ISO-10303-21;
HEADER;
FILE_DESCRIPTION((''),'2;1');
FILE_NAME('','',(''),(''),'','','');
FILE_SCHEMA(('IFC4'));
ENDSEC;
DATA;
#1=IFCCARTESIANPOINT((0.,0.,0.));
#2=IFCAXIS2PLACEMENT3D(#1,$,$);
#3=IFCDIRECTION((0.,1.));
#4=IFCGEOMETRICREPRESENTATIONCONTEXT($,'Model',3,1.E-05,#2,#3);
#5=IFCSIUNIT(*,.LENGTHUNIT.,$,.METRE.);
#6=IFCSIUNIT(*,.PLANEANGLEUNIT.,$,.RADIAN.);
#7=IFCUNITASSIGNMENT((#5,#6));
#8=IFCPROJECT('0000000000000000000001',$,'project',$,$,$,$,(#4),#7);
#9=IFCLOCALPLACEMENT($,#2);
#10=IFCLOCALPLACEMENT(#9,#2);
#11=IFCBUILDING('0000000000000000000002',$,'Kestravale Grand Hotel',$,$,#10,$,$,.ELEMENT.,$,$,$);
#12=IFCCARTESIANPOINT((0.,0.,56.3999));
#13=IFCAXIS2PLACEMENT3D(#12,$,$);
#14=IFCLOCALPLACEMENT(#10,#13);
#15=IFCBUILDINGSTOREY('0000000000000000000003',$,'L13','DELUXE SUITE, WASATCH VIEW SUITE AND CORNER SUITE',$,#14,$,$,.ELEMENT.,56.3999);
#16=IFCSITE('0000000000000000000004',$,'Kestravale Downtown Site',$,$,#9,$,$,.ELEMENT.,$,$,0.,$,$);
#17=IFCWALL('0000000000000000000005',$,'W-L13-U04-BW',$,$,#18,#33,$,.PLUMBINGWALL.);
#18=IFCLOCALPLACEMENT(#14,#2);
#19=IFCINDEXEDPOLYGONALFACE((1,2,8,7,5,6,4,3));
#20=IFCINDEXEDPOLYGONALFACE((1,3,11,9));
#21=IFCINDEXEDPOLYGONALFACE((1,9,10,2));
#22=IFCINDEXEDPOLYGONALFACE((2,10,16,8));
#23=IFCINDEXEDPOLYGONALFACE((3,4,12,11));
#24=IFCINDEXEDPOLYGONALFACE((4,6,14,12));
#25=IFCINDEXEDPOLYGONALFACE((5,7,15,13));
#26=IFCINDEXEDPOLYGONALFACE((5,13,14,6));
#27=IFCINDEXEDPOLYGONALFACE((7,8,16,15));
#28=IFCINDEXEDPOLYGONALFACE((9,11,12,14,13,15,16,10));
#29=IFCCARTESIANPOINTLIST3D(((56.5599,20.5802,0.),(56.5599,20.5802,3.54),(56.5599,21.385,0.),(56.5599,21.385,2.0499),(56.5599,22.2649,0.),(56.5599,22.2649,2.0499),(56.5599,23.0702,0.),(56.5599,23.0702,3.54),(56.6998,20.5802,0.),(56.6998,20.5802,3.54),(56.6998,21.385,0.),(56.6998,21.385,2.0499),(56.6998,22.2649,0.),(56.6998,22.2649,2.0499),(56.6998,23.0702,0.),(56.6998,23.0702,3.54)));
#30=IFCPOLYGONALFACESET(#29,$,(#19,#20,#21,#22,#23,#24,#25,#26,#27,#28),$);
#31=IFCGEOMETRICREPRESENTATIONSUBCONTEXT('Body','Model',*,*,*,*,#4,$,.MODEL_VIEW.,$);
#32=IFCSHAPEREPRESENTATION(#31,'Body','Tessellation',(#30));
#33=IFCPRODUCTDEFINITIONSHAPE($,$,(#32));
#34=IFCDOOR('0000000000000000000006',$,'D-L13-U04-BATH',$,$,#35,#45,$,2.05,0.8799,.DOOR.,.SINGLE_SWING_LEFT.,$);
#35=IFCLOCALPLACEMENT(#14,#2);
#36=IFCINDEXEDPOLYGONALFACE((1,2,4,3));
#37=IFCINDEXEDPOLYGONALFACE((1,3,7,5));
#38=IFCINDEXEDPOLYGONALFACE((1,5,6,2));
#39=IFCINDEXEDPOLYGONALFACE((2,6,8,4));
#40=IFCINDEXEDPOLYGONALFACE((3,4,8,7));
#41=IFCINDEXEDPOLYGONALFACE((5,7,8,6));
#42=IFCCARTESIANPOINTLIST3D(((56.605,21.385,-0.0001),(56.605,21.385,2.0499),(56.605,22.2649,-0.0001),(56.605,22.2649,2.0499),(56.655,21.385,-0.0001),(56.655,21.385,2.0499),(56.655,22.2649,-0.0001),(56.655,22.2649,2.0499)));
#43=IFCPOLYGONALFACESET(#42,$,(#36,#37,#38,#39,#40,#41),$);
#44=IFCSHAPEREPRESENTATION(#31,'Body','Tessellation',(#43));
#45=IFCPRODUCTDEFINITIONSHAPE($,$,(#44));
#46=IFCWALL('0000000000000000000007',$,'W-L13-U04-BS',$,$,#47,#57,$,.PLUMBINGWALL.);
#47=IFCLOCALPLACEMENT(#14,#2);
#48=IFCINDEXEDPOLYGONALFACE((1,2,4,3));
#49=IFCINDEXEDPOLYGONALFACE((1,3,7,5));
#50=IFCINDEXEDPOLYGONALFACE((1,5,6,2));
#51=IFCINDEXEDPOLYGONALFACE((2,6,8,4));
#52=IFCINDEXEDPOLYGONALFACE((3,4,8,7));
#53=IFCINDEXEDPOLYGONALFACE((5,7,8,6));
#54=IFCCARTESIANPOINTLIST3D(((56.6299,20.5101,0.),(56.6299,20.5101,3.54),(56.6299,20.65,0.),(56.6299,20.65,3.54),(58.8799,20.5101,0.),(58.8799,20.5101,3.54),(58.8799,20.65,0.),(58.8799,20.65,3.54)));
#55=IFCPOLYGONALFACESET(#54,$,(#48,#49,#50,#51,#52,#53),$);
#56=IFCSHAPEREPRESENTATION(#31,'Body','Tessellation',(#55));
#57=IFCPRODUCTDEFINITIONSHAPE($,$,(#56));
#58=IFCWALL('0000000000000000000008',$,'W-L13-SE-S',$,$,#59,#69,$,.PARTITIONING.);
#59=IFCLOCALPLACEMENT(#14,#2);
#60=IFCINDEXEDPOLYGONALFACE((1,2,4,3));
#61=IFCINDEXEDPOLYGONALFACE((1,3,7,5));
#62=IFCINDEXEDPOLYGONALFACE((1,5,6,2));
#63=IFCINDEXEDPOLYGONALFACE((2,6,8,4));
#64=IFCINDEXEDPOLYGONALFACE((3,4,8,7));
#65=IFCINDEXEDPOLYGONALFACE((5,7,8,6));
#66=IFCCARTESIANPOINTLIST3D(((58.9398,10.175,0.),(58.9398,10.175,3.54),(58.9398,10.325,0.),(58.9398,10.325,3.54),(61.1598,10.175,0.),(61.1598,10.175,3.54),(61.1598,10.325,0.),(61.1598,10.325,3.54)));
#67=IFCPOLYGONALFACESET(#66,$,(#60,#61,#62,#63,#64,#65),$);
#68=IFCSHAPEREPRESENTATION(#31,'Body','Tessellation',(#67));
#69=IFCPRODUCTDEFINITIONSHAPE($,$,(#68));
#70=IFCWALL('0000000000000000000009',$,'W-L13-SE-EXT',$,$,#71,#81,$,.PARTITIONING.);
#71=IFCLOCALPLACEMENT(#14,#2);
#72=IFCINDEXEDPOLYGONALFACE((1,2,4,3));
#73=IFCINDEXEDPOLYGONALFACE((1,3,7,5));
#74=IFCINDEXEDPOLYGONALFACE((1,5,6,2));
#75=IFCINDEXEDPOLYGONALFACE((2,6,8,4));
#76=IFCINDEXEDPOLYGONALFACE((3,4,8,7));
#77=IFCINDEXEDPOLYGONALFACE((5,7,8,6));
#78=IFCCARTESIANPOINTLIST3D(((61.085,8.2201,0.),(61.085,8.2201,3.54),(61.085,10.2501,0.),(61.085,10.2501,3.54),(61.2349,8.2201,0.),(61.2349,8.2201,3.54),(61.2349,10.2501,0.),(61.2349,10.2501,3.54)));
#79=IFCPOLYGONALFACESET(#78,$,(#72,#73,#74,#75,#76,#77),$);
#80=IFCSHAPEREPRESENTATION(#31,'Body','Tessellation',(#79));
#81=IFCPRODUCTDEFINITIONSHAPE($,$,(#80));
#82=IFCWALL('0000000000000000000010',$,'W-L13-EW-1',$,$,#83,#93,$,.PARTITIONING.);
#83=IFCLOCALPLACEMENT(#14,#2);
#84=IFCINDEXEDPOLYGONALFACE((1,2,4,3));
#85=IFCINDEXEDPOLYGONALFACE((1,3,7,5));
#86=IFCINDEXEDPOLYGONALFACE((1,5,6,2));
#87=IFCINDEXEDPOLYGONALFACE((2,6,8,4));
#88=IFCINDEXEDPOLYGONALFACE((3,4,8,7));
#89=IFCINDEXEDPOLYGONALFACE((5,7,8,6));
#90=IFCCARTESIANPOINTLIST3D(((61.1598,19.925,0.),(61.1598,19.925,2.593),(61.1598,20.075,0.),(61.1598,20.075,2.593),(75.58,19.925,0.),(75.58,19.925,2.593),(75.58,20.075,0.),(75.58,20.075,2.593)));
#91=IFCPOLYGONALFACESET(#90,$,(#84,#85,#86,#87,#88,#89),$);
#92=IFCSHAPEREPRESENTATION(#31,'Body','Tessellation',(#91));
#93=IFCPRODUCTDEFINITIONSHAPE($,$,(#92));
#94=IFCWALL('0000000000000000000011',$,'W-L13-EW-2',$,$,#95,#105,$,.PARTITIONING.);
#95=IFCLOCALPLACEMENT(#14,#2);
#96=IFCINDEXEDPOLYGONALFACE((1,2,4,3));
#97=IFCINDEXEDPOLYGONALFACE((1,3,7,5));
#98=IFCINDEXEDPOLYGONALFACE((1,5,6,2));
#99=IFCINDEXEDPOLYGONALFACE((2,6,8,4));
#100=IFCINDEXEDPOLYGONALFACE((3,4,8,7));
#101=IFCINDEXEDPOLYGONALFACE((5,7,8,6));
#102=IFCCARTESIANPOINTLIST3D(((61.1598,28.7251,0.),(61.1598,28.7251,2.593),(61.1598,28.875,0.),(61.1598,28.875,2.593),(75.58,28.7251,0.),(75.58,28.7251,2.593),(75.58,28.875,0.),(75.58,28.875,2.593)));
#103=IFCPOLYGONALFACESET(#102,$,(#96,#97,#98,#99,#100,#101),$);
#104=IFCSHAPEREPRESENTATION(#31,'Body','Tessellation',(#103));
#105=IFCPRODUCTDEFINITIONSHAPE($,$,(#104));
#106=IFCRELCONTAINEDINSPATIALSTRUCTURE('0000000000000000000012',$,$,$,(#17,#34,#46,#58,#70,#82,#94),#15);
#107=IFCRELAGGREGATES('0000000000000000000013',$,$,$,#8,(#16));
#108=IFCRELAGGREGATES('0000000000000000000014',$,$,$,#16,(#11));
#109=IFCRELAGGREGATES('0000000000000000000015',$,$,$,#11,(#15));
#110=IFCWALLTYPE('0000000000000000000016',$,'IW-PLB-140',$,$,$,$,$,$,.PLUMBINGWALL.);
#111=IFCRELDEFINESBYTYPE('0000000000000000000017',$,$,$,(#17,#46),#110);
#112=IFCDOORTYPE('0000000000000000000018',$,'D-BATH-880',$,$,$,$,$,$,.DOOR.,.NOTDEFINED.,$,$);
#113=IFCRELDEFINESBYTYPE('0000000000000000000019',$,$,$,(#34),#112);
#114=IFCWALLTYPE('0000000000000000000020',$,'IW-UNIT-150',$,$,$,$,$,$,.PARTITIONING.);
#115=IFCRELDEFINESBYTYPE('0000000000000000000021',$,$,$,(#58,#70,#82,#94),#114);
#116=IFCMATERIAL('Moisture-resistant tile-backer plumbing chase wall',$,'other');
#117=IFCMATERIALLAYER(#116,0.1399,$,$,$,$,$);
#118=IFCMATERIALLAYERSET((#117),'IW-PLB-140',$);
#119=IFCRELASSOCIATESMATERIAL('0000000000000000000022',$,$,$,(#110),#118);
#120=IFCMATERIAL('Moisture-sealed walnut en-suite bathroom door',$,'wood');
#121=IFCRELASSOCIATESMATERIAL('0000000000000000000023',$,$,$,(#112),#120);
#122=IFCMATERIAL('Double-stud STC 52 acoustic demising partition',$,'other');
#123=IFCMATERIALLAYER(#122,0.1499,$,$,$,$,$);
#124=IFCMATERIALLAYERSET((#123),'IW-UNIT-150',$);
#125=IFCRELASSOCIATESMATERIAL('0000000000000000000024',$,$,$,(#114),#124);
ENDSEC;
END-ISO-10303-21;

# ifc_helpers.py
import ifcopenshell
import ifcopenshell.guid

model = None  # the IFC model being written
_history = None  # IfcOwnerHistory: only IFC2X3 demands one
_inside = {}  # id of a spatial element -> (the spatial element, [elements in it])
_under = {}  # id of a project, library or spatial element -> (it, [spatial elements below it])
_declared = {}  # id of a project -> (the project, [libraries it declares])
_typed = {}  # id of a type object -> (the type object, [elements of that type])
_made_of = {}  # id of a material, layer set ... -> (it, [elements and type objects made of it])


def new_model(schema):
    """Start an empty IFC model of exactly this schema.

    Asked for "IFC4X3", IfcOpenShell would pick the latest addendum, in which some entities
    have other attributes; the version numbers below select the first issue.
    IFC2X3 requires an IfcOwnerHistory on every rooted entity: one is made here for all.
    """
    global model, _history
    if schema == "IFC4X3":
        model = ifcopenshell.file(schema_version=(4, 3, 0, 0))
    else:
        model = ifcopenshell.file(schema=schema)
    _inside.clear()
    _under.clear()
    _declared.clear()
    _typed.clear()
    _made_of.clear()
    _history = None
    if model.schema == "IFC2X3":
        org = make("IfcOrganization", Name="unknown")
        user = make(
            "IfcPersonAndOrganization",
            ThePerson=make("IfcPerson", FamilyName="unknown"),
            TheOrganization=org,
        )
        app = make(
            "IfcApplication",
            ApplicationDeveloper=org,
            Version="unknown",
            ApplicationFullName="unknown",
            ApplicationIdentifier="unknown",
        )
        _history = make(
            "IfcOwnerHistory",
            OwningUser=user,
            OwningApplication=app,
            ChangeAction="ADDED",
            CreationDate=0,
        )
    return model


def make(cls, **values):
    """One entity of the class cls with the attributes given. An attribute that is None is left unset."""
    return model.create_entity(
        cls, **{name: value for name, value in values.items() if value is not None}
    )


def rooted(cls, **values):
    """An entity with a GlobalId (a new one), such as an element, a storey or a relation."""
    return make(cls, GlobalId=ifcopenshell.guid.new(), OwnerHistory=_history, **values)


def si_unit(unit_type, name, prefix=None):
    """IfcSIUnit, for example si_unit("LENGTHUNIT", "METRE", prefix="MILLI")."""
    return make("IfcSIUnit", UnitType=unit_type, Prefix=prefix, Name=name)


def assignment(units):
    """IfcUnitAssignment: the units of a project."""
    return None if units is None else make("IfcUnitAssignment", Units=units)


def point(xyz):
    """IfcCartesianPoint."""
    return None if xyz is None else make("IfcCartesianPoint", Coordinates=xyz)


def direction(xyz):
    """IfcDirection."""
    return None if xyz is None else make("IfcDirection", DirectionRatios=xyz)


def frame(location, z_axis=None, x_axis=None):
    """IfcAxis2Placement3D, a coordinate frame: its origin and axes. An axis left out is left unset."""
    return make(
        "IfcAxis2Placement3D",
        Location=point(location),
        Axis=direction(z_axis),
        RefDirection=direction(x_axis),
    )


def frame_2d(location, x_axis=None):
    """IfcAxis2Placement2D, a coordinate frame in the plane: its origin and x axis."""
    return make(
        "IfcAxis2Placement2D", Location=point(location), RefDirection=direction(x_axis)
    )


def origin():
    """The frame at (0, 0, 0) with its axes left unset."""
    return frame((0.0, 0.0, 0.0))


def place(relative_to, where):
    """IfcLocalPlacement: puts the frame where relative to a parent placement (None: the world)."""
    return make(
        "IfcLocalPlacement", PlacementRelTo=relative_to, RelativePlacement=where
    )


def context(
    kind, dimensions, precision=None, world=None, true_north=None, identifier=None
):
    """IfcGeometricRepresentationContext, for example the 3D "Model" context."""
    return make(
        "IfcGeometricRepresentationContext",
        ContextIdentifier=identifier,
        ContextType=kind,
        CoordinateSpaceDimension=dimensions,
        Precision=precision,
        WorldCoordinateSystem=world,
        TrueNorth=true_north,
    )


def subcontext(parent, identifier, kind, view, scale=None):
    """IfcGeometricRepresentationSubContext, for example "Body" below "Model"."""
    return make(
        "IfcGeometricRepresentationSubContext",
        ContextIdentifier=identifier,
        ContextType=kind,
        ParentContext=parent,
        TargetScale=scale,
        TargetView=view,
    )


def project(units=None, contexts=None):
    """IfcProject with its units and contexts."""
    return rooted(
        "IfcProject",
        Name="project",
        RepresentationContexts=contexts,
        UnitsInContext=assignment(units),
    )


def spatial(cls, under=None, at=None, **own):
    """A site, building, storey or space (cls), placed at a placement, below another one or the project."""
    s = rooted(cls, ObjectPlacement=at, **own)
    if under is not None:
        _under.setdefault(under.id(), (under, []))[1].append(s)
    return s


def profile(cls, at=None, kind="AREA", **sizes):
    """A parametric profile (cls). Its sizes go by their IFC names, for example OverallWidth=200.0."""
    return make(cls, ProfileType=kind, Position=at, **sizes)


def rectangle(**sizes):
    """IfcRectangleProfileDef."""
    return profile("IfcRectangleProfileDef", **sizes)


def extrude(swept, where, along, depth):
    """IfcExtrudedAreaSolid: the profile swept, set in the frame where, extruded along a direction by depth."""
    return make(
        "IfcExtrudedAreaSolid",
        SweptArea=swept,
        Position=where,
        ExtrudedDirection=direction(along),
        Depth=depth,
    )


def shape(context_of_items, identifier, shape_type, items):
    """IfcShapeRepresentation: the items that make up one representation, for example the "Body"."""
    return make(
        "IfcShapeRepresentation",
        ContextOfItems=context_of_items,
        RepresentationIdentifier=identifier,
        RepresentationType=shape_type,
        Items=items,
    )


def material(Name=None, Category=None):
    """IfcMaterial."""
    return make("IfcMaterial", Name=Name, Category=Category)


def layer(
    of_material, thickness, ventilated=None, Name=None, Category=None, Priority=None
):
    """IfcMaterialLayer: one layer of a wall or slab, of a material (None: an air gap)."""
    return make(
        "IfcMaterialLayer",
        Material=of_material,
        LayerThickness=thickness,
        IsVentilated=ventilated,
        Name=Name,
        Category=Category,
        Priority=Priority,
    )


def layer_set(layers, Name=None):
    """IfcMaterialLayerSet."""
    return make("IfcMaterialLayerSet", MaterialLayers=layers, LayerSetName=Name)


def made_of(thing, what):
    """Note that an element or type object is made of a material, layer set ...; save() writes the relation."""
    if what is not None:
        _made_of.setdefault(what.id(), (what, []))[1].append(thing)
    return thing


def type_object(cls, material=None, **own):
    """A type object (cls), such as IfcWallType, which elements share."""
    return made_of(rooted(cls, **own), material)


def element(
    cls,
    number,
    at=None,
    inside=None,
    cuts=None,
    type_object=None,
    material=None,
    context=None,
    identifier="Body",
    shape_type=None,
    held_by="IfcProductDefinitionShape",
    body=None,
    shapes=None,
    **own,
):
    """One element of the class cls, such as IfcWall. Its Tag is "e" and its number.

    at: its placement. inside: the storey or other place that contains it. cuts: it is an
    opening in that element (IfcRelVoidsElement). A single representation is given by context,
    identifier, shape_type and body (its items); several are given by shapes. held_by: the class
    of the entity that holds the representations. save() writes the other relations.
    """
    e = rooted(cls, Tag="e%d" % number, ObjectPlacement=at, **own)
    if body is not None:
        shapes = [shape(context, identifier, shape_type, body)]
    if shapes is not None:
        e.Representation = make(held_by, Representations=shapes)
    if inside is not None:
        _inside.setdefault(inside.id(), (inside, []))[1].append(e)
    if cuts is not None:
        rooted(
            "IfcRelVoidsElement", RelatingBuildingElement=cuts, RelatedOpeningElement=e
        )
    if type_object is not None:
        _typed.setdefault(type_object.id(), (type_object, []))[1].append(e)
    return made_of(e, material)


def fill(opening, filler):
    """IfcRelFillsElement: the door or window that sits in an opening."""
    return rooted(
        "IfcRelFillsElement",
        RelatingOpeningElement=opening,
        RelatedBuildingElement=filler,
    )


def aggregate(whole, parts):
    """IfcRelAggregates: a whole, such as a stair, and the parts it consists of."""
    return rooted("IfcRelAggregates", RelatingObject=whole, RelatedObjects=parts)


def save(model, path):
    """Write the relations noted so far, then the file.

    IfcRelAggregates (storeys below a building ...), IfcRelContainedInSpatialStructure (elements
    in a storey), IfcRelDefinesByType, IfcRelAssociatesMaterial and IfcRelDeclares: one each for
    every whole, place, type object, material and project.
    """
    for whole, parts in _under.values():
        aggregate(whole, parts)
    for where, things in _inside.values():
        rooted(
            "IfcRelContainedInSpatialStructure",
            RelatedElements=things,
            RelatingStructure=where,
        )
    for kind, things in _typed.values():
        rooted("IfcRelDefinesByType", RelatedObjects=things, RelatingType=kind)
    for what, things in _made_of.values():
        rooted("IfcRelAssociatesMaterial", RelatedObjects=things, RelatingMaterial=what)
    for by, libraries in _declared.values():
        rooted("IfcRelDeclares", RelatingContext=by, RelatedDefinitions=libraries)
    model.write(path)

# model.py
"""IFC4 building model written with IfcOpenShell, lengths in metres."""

from ifc_helpers import new_model, si_unit, direction, frame, frame_2d, origin, place, context, subcontext, project, spatial, rectangle, extrude, material, layer, layer_set, type_object, element, fill, save


model = new_model("IFC4")

# Units and contexts
model_context = context("Model", 3, precision=1e-05, world=origin(), true_north=direction((0.0, 1.0)))
body_context = subcontext(model_context, "Body", "Model", "MODEL_VIEW")
ifc_project = project(units=[si_unit("LENGTHUNIT", "METRE"), si_unit("PLANEANGLEUNIT", "RADIAN")], contexts=[model_context])

# Site, building, storey
site_placement = place(None, origin())
site = spatial("IfcSite", under=ifc_project, at=site_placement, Name="Kestravale Downtown Site", CompositionType="ELEMENT", RefElevation=0.0)
building_placement = place(site_placement, origin())
building = spatial("IfcBuilding", under=site, at=building_placement, Name="Kestravale Grand Hotel", CompositionType="ELEMENT")
storey_placement = place(building_placement, frame((0.0, 0.0, 56.3999)))
storey = spatial("IfcBuildingStorey", under=building, at=storey_placement, Name="L13", Description="DELUXE SUITE, WASATCH VIEW SUITE AND CORNER SUITE", CompositionType="ELEMENT", Elevation=56.3999)

# Wall, opening, door
ifc_material_1 = material(Name="Moisture-resistant tile-backer plumbing chase wall", Category="other")
ifc_layer_1 = layer(ifc_material_1, 0.1399)
ifc_layer_set_1 = layer_set([ifc_layer_1], Name="IW-PLB-140")
wall_type_1 = type_object("IfcWallType", Name="IW-PLB-140", PredefinedType="PLUMBINGWALL", material=ifc_layer_set_1)
wall_1_placement = place(storey_placement, frame((56.6299, 20.5801, 0.0), z_axis=(0.0, 0.0, 1.0), x_axis=(0.0, 1.0, 0.0)))
wall_1 = element("IfcWall", 1, at=wall_1_placement, inside=storey, type_object=wall_type_1, Name="W-L13-U04-BW", PredefinedType="PLUMBINGWALL", context=body_context, shape_type="SweptSolid", body=[
    extrude(rectangle(XDim=2.49, YDim=0.1399, at=frame_2d((1.2451, 0.0))), origin(), (0.0, 0.0, 1.0), 3.54),
])
opening_1_placement = place(wall_1_placement, frame((0.8049, 0.0, 0.0)))
opening_1 = element("IfcOpeningElement", 2, at=opening_1_placement, cuts=wall_1, PredefinedType="OPENING", context=body_context, shape_type="SweptSolid", body=[
    extrude(rectangle(XDim=0.8799, YDim=2.05, at=frame_2d((0.4399, 1.0249))), frame((0.0, 0.0798, 0.0), z_axis=(0.0, -1.0, 0.0), x_axis=(1.0, 0.0, 0.0)), (0.0, 0.0, 1.0), 0.1599),
])
ifc_material_2 = material(Name="Moisture-sealed walnut en-suite bathroom door", Category="wood")
door_type_1 = type_object("IfcDoorType", Name="D-BATH-880", OperationType="NOTDEFINED", PredefinedType="DOOR", material=ifc_material_2)
door_1_placement = place(opening_1_placement, origin())
door_1 = element("IfcDoor", 3, at=door_1_placement, inside=storey, type_object=door_type_1, Name="D-L13-U04-BATH", OperationType="SINGLE_SWING_LEFT", OverallHeight=2.05, OverallWidth=0.8799, PredefinedType="DOOR", context=body_context, shape_type="SweptSolid", body=[
    extrude(rectangle(XDim=0.8799, YDim=2.05, at=frame_2d((0.4399, 1.0249))), frame((0.0, 0.0249, 0.0), z_axis=(0.0, -1.0, 0.0), x_axis=(1.0, 0.0, 0.0)), (0.0, 0.0, 1.0), 0.05),
])
fill(opening_1, door_1)

# Walls
wall_2_placement = place(storey_placement, frame((56.6299, 20.5801, 0.0), z_axis=(0.0, 0.0, 1.0), x_axis=(1.0, 0.0, 0.0)))
element("IfcWall", 4, at=wall_2_placement, inside=storey, type_object=wall_type_1, Name="W-L13-U04-BS", PredefinedType="PLUMBINGWALL", context=body_context, shape_type="SweptSolid", body=[
    extrude(rectangle(XDim=2.25, YDim=0.1399, at=frame_2d((1.125, 0.0))), origin(), (0.0, 0.0, 1.0), 3.54),
])
ifc_material_3 = material(Name="Double-stud STC 52 acoustic demising partition", Category="other")
ifc_layer_2 = layer(ifc_material_3, 0.1499)
ifc_layer_set_2 = layer_set([ifc_layer_2], Name="IW-UNIT-150")
wall_type_2 = type_object("IfcWallType", Name="IW-UNIT-150", PredefinedType="PARTITIONING", material=ifc_layer_set_2)
wall_3_placement = place(storey_placement, frame((58.9399, 10.25, 0.0), z_axis=(0.0, 0.0, 1.0), x_axis=(1.0, 0.0, 0.0)))
element("IfcWall", 5, at=wall_3_placement, inside=storey, type_object=wall_type_2, Name="W-L13-SE-S", PredefinedType="PARTITIONING", context=body_context, shape_type="SweptSolid", body=[
    extrude(rectangle(XDim=2.22, YDim=0.1499, at=frame_2d((1.1099, 0.0))), origin(), (0.0, 0.0, 1.0), 3.54),
])
wall_4_placement = place(storey_placement, frame((61.1599, 8.22, 0.0), z_axis=(0.0, 0.0, 1.0), x_axis=(0.0, 1.0, 0.0)))
element("IfcWall", 6, at=wall_4_placement, inside=storey, type_object=wall_type_2, Name="W-L13-SE-EXT", PredefinedType="PARTITIONING", context=body_context, shape_type="SweptSolid", body=[
    extrude(rectangle(XDim=2.03, YDim=0.1499, at=frame_2d((1.0151, 0.0))), origin(), (0.0, 0.0, 1.0), 3.54),
])
for number, where, z_axis, x_axis, name in (
    (7, (61.1599, 20.0, 0.0), (0.0, 0.0, 1.0), (1.0, 0.0, 0.0), "W-L13-EW-1"),
    (8, (61.1599, 28.8, 0.0), (0.0, 0.0, 1.0), (1.0, 0.0, 0.0), "W-L13-EW-2"),
):
    element("IfcWall", number, at=place(storey_placement, frame(where, z_axis=z_axis, x_axis=x_axis)), inside=storey, type_object=wall_type_2, Name=name, PredefinedType="PARTITIONING", context=body_context, shape_type="SweptSolid", body=[
        extrude(rectangle(XDim=14.4202, YDim=0.1499, at=frame_2d((7.21, 0.0))), origin(), (0.0, 0.0, 1.0), 2.593),
    ])

save(model, "model.ifc")
